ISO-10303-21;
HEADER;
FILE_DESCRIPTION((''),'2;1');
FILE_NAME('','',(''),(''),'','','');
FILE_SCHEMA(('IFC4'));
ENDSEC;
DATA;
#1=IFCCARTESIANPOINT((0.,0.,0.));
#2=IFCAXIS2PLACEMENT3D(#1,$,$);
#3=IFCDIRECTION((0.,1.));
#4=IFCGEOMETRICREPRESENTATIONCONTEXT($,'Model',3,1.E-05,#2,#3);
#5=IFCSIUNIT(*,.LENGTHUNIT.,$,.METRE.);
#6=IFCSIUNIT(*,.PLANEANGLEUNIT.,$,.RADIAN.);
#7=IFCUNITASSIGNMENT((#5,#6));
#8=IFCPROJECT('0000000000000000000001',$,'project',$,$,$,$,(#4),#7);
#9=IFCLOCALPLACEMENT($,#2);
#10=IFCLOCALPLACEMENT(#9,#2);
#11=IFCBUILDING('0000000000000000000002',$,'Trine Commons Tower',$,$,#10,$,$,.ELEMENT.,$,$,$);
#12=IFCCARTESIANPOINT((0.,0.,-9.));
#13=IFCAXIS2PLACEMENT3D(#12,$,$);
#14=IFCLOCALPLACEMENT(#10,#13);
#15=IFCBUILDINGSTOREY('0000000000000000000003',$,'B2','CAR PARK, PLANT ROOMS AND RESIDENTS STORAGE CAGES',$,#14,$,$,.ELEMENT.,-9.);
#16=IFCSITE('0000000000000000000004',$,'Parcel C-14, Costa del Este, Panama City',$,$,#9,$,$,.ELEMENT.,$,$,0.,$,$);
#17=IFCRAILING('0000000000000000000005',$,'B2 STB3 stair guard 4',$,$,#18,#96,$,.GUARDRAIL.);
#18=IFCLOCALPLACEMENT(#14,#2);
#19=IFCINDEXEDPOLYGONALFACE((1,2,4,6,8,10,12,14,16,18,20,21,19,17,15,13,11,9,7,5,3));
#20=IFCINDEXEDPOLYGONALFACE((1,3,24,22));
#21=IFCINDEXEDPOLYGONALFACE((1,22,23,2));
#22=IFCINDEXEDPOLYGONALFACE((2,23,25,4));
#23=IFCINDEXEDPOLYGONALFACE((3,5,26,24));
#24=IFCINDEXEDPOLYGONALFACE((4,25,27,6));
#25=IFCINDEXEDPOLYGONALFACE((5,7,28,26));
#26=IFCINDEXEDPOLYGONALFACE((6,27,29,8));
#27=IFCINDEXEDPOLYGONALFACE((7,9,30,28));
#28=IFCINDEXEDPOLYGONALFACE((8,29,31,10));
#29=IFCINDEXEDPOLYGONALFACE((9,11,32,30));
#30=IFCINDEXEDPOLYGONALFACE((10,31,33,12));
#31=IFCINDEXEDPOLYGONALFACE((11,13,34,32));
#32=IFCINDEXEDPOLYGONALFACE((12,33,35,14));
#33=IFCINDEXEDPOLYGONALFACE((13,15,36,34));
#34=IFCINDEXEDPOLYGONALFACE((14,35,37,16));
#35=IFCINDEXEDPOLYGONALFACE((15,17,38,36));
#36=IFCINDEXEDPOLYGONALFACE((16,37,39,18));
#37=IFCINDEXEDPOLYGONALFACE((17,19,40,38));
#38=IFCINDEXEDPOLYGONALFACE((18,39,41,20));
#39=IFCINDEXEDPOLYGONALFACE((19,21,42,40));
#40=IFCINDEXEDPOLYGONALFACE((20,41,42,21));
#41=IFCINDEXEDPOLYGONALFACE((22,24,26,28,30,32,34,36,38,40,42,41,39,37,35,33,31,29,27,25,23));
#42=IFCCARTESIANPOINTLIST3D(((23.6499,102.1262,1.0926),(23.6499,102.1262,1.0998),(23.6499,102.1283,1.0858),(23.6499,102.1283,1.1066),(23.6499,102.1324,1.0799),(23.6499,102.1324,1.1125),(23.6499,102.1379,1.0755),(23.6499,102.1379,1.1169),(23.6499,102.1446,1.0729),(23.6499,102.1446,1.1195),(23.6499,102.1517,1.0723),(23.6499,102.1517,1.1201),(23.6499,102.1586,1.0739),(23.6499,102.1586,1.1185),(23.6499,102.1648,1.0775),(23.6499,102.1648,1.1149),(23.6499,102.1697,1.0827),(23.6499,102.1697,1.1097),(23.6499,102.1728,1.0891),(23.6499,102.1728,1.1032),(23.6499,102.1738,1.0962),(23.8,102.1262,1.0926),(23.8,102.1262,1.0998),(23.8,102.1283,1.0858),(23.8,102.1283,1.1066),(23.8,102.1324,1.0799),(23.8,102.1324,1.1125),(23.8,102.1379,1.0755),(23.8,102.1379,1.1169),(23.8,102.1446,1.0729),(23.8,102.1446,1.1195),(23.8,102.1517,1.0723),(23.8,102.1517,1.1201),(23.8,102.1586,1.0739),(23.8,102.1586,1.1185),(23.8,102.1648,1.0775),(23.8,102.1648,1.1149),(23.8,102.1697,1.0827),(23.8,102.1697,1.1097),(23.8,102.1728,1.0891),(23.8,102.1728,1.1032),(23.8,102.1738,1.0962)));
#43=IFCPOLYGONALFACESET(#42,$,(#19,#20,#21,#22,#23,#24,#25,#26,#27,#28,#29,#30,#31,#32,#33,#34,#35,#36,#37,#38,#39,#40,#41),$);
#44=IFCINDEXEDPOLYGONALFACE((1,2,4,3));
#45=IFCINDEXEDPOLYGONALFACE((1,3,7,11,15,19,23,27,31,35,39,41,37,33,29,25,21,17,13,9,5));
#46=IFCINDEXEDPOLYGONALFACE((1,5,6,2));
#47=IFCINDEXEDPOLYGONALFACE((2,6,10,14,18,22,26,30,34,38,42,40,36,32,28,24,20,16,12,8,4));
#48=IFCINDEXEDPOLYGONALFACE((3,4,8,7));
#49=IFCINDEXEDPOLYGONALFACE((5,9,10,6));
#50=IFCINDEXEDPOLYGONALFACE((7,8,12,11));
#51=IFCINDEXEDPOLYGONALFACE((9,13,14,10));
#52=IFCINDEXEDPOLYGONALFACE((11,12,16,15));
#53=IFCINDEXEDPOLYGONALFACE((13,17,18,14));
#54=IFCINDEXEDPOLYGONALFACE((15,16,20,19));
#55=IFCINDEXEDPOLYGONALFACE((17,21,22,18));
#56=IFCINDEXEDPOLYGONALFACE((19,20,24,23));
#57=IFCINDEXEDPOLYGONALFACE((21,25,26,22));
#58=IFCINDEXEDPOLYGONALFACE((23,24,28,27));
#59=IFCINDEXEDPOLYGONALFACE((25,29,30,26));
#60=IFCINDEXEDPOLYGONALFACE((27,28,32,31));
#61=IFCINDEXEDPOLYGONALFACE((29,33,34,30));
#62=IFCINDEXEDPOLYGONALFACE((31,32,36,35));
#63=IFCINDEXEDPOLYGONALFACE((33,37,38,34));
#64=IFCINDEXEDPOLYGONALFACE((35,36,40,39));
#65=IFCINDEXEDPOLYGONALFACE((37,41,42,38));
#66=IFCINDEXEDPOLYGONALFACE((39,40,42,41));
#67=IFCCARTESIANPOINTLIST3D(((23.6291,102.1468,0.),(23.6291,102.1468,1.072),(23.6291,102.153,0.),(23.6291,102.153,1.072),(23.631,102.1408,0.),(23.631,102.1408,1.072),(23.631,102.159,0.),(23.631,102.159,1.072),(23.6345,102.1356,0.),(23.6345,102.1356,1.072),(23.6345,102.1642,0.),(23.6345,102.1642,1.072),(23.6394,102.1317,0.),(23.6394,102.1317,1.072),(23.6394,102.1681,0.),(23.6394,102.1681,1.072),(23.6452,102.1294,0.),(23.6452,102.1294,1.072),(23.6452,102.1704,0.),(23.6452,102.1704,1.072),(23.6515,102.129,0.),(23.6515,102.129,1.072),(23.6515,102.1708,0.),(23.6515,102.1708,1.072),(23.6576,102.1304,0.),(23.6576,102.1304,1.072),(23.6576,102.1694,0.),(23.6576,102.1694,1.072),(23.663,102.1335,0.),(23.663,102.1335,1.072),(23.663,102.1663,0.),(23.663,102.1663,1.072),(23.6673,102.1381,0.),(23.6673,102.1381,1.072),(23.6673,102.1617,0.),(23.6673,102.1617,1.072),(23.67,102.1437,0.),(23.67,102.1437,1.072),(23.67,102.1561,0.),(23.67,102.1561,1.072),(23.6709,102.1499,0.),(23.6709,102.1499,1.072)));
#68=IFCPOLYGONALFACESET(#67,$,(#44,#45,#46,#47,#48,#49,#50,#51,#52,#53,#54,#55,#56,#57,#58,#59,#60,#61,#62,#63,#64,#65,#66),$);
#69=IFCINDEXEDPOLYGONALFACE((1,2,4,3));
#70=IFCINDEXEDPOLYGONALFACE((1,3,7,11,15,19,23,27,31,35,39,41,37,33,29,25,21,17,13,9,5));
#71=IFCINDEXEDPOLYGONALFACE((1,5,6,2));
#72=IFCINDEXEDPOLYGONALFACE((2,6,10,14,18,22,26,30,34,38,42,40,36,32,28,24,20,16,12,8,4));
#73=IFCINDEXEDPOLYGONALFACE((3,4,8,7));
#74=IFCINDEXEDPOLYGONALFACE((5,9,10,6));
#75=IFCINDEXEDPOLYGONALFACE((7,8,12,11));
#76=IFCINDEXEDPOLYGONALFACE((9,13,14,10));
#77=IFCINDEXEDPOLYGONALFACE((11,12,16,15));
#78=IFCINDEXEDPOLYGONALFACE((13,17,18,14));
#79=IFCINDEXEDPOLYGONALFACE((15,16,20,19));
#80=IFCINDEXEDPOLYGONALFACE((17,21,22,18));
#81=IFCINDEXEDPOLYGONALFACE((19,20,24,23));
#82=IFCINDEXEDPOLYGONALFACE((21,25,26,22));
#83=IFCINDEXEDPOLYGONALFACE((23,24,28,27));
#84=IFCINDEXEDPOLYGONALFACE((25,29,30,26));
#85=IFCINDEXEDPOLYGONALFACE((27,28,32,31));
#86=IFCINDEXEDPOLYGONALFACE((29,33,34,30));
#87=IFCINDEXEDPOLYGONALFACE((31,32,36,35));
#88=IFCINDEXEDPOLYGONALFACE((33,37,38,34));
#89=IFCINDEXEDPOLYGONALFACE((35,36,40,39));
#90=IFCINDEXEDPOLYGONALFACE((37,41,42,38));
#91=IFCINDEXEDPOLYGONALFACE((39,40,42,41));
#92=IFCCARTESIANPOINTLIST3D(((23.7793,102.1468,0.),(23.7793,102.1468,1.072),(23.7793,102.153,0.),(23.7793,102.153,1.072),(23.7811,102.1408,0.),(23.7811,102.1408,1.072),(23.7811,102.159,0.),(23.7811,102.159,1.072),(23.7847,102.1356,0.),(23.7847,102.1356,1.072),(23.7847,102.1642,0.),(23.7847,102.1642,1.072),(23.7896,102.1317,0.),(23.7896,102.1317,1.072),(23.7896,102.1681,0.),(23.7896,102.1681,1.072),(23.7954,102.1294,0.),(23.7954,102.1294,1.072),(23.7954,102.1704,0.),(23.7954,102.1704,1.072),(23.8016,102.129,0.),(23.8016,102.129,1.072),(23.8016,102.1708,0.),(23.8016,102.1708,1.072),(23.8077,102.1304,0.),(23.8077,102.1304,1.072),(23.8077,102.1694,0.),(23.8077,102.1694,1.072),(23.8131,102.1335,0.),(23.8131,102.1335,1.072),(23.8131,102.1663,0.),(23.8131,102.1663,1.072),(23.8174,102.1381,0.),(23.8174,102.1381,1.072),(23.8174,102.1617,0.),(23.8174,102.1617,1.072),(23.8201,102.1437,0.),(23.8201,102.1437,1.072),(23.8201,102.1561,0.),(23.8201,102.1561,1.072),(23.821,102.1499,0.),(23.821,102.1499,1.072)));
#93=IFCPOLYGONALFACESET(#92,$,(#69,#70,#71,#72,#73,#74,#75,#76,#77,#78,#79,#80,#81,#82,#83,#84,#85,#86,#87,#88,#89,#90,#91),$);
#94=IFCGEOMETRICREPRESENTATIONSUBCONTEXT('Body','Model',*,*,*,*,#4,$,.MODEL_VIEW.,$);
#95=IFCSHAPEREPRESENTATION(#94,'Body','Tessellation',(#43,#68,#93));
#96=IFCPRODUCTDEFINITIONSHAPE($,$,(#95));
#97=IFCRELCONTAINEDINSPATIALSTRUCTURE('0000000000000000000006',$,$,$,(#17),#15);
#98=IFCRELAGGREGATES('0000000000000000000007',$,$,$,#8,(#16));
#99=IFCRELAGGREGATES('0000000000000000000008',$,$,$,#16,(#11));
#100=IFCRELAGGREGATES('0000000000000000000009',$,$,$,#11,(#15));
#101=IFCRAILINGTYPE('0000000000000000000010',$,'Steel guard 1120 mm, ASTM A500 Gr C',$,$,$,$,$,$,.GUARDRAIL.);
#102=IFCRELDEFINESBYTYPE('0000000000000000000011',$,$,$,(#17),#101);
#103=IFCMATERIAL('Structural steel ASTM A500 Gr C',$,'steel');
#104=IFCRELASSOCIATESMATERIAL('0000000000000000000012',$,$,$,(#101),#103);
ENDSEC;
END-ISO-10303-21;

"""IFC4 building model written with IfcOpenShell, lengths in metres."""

from ifc_helpers import new_model, si_unit, direction, frame, origin, origin_2d, place, context, subcontext, project, spatial, circle, extrude, material, type_object, element, save


model = new_model("IFC4")

# Units and contexts
model_context = context("Model", 3, precision=1e-05, world=origin(), true_north=direction((0.0, 1.0)))
body_context = subcontext(model_context, "Body", "Model", "MODEL_VIEW")
ifc_project = project(units=[si_unit("LENGTHUNIT", "METRE"), si_unit("PLANEANGLEUNIT", "RADIAN")], contexts=[model_context])

# Site, building, storey
site_placement = place(None, origin())
site = spatial("IfcSite", under=ifc_project, at=site_placement, Name="Parcel C-14, Costa del Este, Panama City", CompositionType="ELEMENT", RefElevation=0.0)
building_placement = place(site_placement, origin())
building = spatial("IfcBuilding", under=site, at=building_placement, Name="Trine Commons Tower", CompositionType="ELEMENT")
storey_placement = place(building_placement, frame((0.0, 0.0, -9.0)))
storey = spatial("IfcBuildingStorey", under=building, at=storey_placement, Name="B2", Description="CAR PARK, PLANT ROOMS AND RESIDENTS STORAGE CAGES", CompositionType="ELEMENT", Elevation=-9.0)

# Railing
ifc_material_1 = material(Name="Structural steel ASTM A500 Gr C", Category="steel")
railing_type_1 = type_object("IfcRailingType", Name="Steel guard 1120 mm, ASTM A500 Gr C", PredefinedType="GUARDRAIL", material=ifc_material_1)
railing_1_placement = place(storey_placement, frame((23.6499, 102.1499, 0.0)))
element("IfcRailing", 1, at=railing_1_placement, inside=storey, type_object=railing_type_1, Name="B2 STB3 stair guard 4", PredefinedType="GUARDRAIL", context=body_context, shape_type="SweptSolid", body=[
    extrude(circle(Radius=0.0239, at=origin_2d()), frame((0.0, 0.0, 1.0962), z_axis=(1.0, 0.0, 0.0), x_axis=(0.0, 1.0, 0.0)), (0.0, 0.0, 1.0), 0.1501),
    extrude(circle(Radius=0.021, at=origin_2d()), origin(), (0.0, 0.0, 1.0), 1.072),
    extrude(circle(Radius=0.021, at=origin_2d()), frame((0.1501, 0.0, 0.0)), (0.0, 0.0, 1.0), 1.072),
])

save(model, "model.ifc")
